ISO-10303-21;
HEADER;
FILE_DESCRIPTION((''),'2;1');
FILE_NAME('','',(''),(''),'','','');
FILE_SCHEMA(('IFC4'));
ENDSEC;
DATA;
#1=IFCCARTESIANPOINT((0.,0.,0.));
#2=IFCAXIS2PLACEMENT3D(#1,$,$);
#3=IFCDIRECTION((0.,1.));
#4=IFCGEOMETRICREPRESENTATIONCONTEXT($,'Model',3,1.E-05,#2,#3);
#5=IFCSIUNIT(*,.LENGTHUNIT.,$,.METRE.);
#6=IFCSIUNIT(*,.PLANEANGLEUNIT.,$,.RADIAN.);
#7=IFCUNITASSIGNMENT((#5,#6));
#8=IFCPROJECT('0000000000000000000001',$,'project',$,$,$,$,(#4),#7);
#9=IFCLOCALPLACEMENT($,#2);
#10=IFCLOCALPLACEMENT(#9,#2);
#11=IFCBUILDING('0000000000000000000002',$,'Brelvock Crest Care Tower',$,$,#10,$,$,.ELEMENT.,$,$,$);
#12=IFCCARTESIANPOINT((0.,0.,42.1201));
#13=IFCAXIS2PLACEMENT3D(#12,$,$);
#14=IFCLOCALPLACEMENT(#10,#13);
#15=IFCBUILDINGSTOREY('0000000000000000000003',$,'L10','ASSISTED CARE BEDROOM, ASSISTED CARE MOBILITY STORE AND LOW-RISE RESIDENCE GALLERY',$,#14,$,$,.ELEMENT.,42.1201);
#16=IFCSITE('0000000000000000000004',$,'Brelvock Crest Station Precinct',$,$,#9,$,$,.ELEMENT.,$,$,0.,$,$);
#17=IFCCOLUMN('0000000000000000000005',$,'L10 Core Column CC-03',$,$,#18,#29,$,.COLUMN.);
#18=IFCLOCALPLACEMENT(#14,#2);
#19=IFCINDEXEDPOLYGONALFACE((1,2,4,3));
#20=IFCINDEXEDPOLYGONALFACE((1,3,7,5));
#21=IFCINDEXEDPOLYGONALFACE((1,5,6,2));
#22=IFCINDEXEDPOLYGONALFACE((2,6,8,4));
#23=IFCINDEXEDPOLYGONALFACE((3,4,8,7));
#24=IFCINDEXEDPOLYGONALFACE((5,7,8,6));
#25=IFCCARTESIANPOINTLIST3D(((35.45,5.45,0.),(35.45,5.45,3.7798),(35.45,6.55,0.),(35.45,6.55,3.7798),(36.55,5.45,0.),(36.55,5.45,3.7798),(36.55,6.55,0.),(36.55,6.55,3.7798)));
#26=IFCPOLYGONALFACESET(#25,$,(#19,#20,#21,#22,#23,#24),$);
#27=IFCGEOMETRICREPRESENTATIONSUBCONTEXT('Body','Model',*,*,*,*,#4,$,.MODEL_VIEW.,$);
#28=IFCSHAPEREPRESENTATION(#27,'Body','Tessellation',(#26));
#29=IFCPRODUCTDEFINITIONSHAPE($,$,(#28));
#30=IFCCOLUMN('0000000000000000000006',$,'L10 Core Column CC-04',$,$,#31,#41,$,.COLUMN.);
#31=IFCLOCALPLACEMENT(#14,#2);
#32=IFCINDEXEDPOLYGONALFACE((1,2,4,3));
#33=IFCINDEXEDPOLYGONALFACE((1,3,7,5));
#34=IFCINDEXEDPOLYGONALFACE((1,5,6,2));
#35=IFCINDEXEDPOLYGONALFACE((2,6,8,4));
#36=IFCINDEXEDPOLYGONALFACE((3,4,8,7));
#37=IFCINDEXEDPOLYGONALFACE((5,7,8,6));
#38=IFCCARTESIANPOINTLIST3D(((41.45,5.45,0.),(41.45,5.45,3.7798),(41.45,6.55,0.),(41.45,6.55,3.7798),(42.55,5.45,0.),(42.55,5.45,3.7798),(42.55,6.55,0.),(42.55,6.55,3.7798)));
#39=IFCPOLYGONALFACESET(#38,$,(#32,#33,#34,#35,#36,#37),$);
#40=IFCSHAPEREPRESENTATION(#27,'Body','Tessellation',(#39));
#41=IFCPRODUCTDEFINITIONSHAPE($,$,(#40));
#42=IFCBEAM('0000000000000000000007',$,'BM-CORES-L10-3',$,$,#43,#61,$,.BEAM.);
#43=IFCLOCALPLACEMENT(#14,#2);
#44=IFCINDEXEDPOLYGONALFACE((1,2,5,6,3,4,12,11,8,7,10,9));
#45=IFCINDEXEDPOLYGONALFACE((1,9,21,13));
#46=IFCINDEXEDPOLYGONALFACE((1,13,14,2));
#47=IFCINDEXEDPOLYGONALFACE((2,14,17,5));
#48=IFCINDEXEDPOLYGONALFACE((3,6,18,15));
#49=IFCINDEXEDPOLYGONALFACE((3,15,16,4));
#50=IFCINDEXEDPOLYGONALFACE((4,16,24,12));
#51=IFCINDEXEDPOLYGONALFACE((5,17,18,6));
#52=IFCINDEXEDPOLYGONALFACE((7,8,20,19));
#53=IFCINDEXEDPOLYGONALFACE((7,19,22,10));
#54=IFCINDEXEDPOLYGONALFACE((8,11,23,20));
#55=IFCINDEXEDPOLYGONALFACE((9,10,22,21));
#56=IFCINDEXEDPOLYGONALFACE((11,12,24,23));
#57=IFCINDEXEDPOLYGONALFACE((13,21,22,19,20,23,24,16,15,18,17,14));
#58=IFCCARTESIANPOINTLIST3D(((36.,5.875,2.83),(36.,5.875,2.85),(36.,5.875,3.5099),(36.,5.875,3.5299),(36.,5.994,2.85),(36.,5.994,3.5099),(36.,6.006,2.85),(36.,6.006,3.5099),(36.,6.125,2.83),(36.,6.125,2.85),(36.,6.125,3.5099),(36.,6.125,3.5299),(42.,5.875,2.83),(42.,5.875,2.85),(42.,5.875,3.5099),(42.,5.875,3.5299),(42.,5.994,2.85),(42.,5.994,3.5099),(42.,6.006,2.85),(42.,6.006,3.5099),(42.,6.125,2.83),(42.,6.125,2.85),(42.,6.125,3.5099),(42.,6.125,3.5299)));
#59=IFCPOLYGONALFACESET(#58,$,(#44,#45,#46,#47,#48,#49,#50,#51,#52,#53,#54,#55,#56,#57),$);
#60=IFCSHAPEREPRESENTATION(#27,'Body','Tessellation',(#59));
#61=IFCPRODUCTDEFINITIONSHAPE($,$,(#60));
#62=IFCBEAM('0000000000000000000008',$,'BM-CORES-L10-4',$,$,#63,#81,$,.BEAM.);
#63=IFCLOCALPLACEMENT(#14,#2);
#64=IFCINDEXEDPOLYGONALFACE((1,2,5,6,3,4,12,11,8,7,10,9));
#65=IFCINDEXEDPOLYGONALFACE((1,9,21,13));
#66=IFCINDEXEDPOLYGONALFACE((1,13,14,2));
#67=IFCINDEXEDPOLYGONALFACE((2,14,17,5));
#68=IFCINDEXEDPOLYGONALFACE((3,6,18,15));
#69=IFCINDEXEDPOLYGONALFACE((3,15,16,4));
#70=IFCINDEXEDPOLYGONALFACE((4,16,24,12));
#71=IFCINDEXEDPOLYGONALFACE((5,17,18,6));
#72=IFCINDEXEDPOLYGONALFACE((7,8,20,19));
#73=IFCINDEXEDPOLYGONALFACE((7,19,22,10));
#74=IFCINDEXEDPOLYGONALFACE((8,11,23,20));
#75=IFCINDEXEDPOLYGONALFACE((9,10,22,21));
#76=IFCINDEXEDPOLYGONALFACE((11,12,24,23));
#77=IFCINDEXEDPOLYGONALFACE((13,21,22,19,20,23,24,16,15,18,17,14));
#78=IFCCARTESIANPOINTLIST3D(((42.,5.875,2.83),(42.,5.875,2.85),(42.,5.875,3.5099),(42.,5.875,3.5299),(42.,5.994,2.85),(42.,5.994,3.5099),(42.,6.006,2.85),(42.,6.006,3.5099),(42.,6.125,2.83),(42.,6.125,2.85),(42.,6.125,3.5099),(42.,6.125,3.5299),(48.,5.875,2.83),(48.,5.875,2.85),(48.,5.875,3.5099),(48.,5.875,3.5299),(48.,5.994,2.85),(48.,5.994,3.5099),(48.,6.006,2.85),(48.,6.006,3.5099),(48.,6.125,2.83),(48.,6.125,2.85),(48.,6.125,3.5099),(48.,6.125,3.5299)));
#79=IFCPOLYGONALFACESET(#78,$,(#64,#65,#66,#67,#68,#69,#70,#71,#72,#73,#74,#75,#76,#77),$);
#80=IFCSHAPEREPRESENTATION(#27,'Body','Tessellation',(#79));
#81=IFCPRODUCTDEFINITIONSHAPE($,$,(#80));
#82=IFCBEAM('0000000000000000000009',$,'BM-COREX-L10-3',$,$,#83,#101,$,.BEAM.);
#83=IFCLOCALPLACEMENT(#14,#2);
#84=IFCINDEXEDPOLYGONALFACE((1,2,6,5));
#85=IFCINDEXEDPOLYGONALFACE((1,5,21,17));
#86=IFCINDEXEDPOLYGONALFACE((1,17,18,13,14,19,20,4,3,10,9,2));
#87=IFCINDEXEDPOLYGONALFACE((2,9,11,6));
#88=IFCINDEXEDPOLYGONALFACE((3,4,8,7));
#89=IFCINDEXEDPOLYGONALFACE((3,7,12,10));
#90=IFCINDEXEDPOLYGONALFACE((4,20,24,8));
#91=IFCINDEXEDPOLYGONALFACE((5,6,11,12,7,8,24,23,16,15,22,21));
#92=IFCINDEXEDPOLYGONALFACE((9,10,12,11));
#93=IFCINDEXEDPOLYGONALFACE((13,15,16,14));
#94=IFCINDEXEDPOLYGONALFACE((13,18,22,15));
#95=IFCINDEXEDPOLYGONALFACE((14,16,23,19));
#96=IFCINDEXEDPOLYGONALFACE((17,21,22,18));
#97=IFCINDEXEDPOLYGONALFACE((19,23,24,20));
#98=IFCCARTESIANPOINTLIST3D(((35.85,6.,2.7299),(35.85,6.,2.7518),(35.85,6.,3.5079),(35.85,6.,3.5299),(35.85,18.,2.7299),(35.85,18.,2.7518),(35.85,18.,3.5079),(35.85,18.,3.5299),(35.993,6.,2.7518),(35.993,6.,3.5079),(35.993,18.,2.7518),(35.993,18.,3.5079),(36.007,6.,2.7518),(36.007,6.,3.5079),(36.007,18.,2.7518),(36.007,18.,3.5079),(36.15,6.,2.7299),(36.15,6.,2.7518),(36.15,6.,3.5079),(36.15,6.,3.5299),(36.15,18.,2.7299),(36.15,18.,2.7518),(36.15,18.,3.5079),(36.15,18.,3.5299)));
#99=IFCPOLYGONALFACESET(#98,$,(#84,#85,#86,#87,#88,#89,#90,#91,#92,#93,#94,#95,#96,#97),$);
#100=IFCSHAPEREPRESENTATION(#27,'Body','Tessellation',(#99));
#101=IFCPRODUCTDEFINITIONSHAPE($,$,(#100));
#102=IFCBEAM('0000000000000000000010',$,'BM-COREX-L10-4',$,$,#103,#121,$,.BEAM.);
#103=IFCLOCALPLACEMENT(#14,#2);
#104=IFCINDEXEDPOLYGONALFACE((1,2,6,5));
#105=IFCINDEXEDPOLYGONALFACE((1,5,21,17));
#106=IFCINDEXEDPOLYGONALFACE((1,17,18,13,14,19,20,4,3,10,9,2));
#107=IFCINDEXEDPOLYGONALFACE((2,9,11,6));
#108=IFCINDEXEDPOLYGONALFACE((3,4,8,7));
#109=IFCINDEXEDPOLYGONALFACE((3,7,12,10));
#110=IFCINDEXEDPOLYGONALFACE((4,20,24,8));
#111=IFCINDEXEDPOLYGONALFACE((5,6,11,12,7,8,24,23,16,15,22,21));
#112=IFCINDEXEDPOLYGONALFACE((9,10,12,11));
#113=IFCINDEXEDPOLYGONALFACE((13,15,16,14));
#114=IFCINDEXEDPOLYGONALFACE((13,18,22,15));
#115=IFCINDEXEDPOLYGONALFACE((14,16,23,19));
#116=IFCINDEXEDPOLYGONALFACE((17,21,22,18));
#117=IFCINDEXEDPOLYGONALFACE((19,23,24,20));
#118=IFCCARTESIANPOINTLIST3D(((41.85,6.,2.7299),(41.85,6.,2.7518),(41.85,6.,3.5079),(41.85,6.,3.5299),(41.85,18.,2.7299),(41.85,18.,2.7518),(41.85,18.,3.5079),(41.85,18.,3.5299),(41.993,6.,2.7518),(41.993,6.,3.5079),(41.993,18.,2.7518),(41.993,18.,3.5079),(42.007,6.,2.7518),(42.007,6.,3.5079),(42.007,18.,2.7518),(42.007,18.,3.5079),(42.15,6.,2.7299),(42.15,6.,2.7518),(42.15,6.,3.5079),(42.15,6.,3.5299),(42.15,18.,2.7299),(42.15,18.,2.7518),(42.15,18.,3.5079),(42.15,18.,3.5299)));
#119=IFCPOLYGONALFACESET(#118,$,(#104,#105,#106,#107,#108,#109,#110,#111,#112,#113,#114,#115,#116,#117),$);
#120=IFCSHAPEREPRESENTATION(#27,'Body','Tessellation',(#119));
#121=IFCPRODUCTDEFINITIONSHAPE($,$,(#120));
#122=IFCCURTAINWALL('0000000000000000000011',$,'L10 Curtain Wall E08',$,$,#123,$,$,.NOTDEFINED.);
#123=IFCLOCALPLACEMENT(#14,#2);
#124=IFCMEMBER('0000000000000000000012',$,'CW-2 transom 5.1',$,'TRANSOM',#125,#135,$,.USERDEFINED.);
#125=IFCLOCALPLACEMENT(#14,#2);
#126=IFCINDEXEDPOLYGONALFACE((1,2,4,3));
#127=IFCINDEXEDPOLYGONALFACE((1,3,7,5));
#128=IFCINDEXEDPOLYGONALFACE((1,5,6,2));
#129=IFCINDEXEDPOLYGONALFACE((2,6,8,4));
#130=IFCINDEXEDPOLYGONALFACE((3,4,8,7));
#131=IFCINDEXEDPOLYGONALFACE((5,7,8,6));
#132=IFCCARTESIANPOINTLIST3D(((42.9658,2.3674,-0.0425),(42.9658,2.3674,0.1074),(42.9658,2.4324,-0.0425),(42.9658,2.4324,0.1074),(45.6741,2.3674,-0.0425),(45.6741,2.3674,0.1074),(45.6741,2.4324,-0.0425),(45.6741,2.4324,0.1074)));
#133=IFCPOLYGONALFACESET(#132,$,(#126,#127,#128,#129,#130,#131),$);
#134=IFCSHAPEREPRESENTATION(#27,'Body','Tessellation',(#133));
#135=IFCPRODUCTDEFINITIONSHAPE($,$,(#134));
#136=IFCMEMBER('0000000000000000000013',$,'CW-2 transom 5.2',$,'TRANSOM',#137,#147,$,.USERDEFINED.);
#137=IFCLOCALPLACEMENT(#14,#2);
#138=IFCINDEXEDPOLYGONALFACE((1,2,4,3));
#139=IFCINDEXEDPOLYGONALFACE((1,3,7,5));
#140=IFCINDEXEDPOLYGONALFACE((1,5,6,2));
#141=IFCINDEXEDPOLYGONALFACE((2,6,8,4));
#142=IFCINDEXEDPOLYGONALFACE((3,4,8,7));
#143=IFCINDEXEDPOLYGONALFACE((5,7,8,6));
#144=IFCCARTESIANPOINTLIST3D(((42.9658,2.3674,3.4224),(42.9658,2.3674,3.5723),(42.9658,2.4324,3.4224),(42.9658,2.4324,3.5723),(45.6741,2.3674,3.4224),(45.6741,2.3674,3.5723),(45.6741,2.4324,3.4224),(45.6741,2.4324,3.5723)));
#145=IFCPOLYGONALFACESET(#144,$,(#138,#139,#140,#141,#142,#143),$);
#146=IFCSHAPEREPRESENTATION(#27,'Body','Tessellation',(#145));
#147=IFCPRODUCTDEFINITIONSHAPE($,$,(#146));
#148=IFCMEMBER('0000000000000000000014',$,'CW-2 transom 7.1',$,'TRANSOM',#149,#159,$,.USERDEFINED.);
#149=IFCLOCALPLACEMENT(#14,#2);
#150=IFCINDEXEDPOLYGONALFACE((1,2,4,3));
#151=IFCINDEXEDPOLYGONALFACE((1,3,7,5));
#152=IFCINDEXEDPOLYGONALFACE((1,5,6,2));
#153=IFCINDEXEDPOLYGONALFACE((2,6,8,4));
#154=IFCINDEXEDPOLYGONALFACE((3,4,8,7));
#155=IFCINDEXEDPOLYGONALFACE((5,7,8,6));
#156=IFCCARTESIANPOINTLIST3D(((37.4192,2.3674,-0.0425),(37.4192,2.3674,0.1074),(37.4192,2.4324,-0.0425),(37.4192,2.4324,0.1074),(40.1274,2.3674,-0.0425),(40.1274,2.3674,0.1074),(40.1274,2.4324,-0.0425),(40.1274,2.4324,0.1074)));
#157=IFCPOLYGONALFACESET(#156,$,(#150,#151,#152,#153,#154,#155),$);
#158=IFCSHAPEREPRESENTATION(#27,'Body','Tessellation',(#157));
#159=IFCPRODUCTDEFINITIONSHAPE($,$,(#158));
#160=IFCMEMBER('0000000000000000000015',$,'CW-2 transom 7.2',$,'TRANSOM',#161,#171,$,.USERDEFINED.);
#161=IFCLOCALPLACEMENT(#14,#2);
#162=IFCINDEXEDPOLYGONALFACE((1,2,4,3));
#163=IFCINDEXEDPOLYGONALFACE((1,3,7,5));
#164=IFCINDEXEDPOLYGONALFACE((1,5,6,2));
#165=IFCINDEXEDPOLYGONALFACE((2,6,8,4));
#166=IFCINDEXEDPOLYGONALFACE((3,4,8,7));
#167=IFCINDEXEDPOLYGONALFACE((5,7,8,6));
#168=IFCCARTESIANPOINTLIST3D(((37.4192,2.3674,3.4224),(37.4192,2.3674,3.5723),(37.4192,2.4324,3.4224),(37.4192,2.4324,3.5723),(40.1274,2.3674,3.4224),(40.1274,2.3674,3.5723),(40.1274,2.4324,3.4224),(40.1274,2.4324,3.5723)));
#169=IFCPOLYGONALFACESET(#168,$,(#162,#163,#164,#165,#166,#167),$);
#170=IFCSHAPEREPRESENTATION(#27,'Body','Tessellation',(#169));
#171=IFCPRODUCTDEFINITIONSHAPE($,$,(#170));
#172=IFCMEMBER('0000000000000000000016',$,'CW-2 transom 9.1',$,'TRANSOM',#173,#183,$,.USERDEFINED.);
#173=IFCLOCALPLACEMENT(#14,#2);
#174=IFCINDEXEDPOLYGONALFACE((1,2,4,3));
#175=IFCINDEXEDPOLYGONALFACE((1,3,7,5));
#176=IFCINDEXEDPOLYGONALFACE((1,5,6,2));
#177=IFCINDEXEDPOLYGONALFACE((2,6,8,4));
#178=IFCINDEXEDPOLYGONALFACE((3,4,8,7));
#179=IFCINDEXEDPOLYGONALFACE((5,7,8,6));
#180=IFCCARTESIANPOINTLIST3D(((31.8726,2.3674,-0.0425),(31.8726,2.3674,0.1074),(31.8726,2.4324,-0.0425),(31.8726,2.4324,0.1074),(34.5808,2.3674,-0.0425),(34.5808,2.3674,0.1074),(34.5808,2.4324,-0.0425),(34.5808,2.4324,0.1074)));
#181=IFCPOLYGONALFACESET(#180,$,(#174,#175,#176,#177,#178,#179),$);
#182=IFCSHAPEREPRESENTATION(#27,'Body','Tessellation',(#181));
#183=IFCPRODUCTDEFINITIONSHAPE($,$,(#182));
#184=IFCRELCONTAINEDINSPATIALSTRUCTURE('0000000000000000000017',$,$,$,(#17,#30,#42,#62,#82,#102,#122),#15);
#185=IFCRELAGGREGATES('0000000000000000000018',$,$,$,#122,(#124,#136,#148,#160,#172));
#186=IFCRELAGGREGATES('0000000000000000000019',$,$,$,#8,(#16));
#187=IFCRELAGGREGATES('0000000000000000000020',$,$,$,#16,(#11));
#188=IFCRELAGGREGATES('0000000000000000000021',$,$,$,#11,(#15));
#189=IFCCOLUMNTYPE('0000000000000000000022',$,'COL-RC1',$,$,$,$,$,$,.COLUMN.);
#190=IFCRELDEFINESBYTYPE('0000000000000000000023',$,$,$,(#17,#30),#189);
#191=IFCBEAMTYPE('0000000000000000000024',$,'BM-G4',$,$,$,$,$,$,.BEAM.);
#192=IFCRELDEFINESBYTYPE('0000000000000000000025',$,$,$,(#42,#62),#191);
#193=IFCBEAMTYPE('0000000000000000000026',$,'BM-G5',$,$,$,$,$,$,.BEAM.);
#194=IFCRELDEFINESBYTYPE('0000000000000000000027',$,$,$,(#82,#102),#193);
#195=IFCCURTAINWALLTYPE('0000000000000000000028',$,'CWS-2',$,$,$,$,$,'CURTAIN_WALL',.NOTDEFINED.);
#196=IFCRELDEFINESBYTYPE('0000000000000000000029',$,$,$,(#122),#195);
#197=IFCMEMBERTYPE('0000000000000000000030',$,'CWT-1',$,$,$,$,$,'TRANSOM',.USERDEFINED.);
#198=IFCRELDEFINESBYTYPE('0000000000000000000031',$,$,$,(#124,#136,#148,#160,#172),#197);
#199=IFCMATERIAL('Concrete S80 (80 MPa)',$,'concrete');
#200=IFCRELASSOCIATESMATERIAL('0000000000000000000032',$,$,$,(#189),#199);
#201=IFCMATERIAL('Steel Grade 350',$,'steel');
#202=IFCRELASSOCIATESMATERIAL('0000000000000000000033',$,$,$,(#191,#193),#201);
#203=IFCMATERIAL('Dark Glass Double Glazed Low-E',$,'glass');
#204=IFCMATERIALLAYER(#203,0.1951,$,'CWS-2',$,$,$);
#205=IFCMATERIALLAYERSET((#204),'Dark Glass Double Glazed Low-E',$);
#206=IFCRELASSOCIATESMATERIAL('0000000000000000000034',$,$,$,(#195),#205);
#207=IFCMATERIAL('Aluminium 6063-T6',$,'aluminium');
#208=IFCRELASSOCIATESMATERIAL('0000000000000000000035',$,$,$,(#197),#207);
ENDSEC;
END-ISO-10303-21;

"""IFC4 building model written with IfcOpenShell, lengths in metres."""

from ifc_helpers import new_model, si_unit, direction, frame, origin, origin_2d, place, context, subcontext, project, spatial, rectangle, i_section, extrude, source, transform, mapped, material, layer, layer_set, material_profile, profile_set, type_object, element, aggregate, save


model = new_model("IFC4")

# Units and contexts
model_context = context("Model", 3, precision=1e-05, world=origin(), true_north=direction((0.0, 1.0)))
body_context = subcontext(model_context, "Body", "Model", "MODEL_VIEW")
ifc_project = project(units=[si_unit("LENGTHUNIT", "METRE"), si_unit("PLANEANGLEUNIT", "RADIAN")], contexts=[model_context])

# Site, building, storey
site_placement = place(None, origin())
site = spatial("IfcSite", under=ifc_project, at=site_placement, Name="Brelvock Crest Station Precinct", CompositionType="ELEMENT", RefElevation=0.0)
building_placement = place(site_placement, origin())
building = spatial("IfcBuilding", under=site, at=building_placement, Name="Brelvock Crest Care Tower", CompositionType="ELEMENT")
storey_placement = place(building_placement, frame((0.0, 0.0, 42.1201)))
storey = spatial("IfcBuildingStorey", under=building, at=storey_placement, Name="L10", Description="ASSISTED CARE BEDROOM, ASSISTED CARE MOBILITY STORE AND LOW-RISE RESIDENCE GALLERY", CompositionType="ELEMENT", Elevation=42.1201)

# Columns
ifc_material_1 = material(Name="Concrete S80 (80 MPa)", Category="concrete")
ifc_material_profile_1 = material_profile(ifc_material_1, rectangle(XDim=1.1001, YDim=1.1001, at=origin_2d()), Name="RC1100x1100")
ifc_profile_set_1 = profile_set([ifc_material_profile_1], Name="Concrete S80 (80 MPa)")
column_type = type_object("IfcColumnType", Name="COL-RC1", PredefinedType="COLUMN", material=ifc_profile_set_1)
shared_shape_1 = source(origin(), body_context, "Body", "SweptSolid", [
    extrude(rectangle(XDim=1.1001, YDim=1.1001, at=origin_2d()), origin(), (0.0, 0.0, 1.0), 3.7798),
])
for number, where, z_axis, x_axis, name in (
    (1, (36.0, 6.0, 0.0), (0.0, 0.0, 1.0), (1.0, 0.0, 0.0), "L10 Core Column CC-03"),
    (2, (42.0, 6.0, 0.0), (0.0, 0.0, 1.0), (1.0, 0.0, 0.0), "L10 Core Column CC-04"),
):
    element("IfcColumn", number, at=place(storey_placement, frame(where, z_axis=z_axis, x_axis=x_axis)), inside=storey, type_object=column_type, Name=name, PredefinedType="COLUMN", context=body_context, shape_type="MappedRepresentation", body=[
        mapped(shared_shape_1, transform((0.0, 0.0, 0.0), x_axis=(1.0, 0.0, 0.0), y_axis=(0.0, 1.0, 0.0), z_axis=(0.0, 0.0, 1.0), scale=1.0)),
    ])

# Beams
ifc_material_2 = material(Name="Steel Grade 350", Category="steel")
ifc_material_profile_2 = material_profile(ifc_material_2, i_section(OverallWidth=0.25, OverallDepth=0.7, WebThickness=0.012, FlangeThickness=0.02, at=origin_2d()), Name="700WB150")
ifc_profile_set_2 = profile_set([ifc_material_profile_2], Name="Steel Grade 350")
beam_type_1 = type_object("IfcBeamType", Name="BM-G4", PredefinedType="BEAM", material=ifc_profile_set_2)
shared_shape_2 = source(origin(), body_context, "Body", "SweptSolid", [
    extrude(i_section(OverallWidth=0.25, OverallDepth=0.7, WebThickness=0.012, FlangeThickness=0.02, at=origin_2d()), origin(), (0.0, 0.0, 1.0), 6.0),
])
for number, where, z_axis, x_axis, name in (
    (3, (36.0, 6.0, 3.1799), (1.0, 0.0, 0.0), (0.0, 1.0, 0.0), "BM-CORES-L10-3"),
    (4, (42.0, 6.0, 3.1799), (1.0, 0.0, 0.0), (0.0, 1.0, 0.0), "BM-CORES-L10-4"),
):
    element("IfcBeam", number, at=place(storey_placement, frame(where, z_axis=z_axis, x_axis=x_axis)), inside=storey, type_object=beam_type_1, Name=name, PredefinedType="BEAM", context=body_context, shape_type="MappedRepresentation", body=[
        mapped(shared_shape_2, transform((0.0, 0.0, 0.0), x_axis=(1.0, 0.0, 0.0), y_axis=(0.0, 1.0, 0.0), z_axis=(0.0, 0.0, 1.0), scale=1.0)),
    ])
ifc_material_profile_3 = material_profile(ifc_material_2, i_section(OverallWidth=0.3, OverallDepth=0.8, WebThickness=0.0139, FlangeThickness=0.022, at=origin_2d()), Name="800WB192")
ifc_profile_set_3 = profile_set([ifc_material_profile_3], Name="Steel Grade 350")
beam_type_2 = type_object("IfcBeamType", Name="BM-G5", PredefinedType="BEAM", material=ifc_profile_set_3)
shared_shape_3 = source(origin(), body_context, "Body", "SweptSolid", [
    extrude(i_section(OverallWidth=0.3, OverallDepth=0.8, WebThickness=0.0139, FlangeThickness=0.022, at=origin_2d()), origin(), (0.0, 0.0, 1.0), 12.0),
])
for number, where, z_axis, x_axis, name in (
    (5, (36.0, 6.0, 3.1299), (0.0, 1.0, 0.0), (-1.0, 0.0, 0.0), "BM-COREX-L10-3"),
    (6, (42.0, 6.0, 3.1299), (0.0, 1.0, 0.0), (-1.0, 0.0, 0.0), "BM-COREX-L10-4"),
):
    element("IfcBeam", number, at=place(storey_placement, frame(where, z_axis=z_axis, x_axis=x_axis)), inside=storey, type_object=beam_type_2, Name=name, PredefinedType="BEAM", context=body_context, shape_type="MappedRepresentation", body=[
        mapped(shared_shape_3, transform((0.0, 0.0, 0.0), x_axis=(1.0, 0.0, 0.0), y_axis=(0.0, 1.0, 0.0), z_axis=(0.0, 0.0, 1.0), scale=1.0)),
    ])

# Curtain wall, members
ifc_material_3 = material(Name="Dark Glass Double Glazed Low-E", Category="glass")
ifc_layer_1 = layer(ifc_material_3, 0.1951, Name="CWS-2")
ifc_layer_set_1 = layer_set([ifc_layer_1], Name="Dark Glass Double Glazed Low-E")
curtain_wall_type = type_object("IfcCurtainWallType", Name="CWS-2", ElementType="CURTAIN_WALL", PredefinedType="NOTDEFINED", material=ifc_layer_set_1)
curtain_wall_placement = place(storey_placement, origin())
curtain_wall = element("IfcCurtainWall", 7, at=curtain_wall_placement, inside=storey, type_object=curtain_wall_type, Name="L10 Curtain Wall E08", PredefinedType="NOTDEFINED")
ifc_material_4 = material(Name="Aluminium 6063-T6", Category="aluminium")
ifc_material_profile_4 = material_profile(ifc_material_4, rectangle(XDim=0.0649, YDim=0.1499, at=origin_2d()), Name="ALU65x150")
ifc_profile_set_4 = profile_set([ifc_material_profile_4], Name="Aluminium 6063-T6")
member_type_1 = type_object("IfcMemberType", Name="CWT-1", ElementType="TRANSOM", PredefinedType="USERDEFINED", material=ifc_profile_set_4)
shared_shape_4 = source(origin(), body_context, "Body", "SweptSolid", [
    extrude(rectangle(XDim=0.0649, YDim=0.1499, at=origin_2d()), origin(), (0.0, 0.0, 1.0), 2.7083),
])
member_1_placement = place(storey_placement, frame((45.6741, 2.3999, 0.0325), z_axis=(-1.0, 0.0, 0.0), x_axis=(0.0, -1.0, 0.0)))
member_1 = element("IfcMember", 8, at=member_1_placement, type_object=member_type_1, Name="CW-2 transom 5.1", ObjectType="TRANSOM", PredefinedType="USERDEFINED", context=body_context, shape_type="MappedRepresentation", body=[
    mapped(shared_shape_4, transform((0.0, 0.0, 0.0), x_axis=(1.0, 0.0, 0.0), y_axis=(0.0, 1.0, 0.0), z_axis=(0.0, 0.0, 1.0), scale=1.0)),
])
member_2_placement = place(storey_placement, frame((45.6741, 2.3999, 3.4973), z_axis=(-1.0, 0.0, 0.0), x_axis=(0.0, -1.0, 0.0)))
member_2 = element("IfcMember", 9, at=member_2_placement, type_object=member_type_1, Name="CW-2 transom 5.2", ObjectType="TRANSOM", PredefinedType="USERDEFINED", context=body_context, shape_type="MappedRepresentation", body=[
    mapped(shared_shape_4, transform((0.0, 0.0, 0.0), x_axis=(1.0, 0.0, 0.0), y_axis=(0.0, 1.0, 0.0), z_axis=(0.0, 0.0, 1.0), scale=1.0)),
])
member_3_placement = place(storey_placement, frame((40.1274, 2.3999, 0.0325), z_axis=(-1.0, 0.0, 0.0), x_axis=(0.0, -1.0, 0.0)))
member_3 = element("IfcMember", 10, at=member_3_placement, type_object=member_type_1, Name="CW-2 transom 7.1", ObjectType="TRANSOM", PredefinedType="USERDEFINED", context=body_context, shape_type="MappedRepresentation", body=[
    mapped(shared_shape_4, transform((0.0, 0.0, 0.0), x_axis=(1.0, 0.0, 0.0), y_axis=(0.0, 1.0, 0.0), z_axis=(0.0, 0.0, 1.0), scale=1.0)),
])
member_4_placement = place(storey_placement, frame((40.1274, 2.3999, 3.4973), z_axis=(-1.0, 0.0, 0.0), x_axis=(0.0, -1.0, 0.0)))
member_4 = element("IfcMember", 11, at=member_4_placement, type_object=member_type_1, Name="CW-2 transom 7.2", ObjectType="TRANSOM", PredefinedType="USERDEFINED", context=body_context, shape_type="MappedRepresentation", body=[
    mapped(shared_shape_4, transform((0.0, 0.0, 0.0), x_axis=(1.0, 0.0, 0.0), y_axis=(0.0, 1.0, 0.0), z_axis=(0.0, 0.0, 1.0), scale=1.0)),
])
member_5_placement = place(storey_placement, frame((34.5808, 2.3999, 0.0325), z_axis=(-1.0, 0.0, 0.0), x_axis=(0.0, -1.0, 0.0)))
member_5 = element("IfcMember", 12, at=member_5_placement, type_object=member_type_1, Name="CW-2 transom 9.1", ObjectType="TRANSOM", PredefinedType="USERDEFINED", context=body_context, shape_type="MappedRepresentation", body=[
    mapped(shared_shape_4, transform((0.0, 0.0, 0.0), x_axis=(1.0, 0.0, 0.0), y_axis=(0.0, 1.0, 0.0), z_axis=(0.0, 0.0, 1.0), scale=1.0)),
])
aggregate(curtain_wall, [member_1, member_2, member_3, member_4, member_5])

save(model, "model.ifc")
